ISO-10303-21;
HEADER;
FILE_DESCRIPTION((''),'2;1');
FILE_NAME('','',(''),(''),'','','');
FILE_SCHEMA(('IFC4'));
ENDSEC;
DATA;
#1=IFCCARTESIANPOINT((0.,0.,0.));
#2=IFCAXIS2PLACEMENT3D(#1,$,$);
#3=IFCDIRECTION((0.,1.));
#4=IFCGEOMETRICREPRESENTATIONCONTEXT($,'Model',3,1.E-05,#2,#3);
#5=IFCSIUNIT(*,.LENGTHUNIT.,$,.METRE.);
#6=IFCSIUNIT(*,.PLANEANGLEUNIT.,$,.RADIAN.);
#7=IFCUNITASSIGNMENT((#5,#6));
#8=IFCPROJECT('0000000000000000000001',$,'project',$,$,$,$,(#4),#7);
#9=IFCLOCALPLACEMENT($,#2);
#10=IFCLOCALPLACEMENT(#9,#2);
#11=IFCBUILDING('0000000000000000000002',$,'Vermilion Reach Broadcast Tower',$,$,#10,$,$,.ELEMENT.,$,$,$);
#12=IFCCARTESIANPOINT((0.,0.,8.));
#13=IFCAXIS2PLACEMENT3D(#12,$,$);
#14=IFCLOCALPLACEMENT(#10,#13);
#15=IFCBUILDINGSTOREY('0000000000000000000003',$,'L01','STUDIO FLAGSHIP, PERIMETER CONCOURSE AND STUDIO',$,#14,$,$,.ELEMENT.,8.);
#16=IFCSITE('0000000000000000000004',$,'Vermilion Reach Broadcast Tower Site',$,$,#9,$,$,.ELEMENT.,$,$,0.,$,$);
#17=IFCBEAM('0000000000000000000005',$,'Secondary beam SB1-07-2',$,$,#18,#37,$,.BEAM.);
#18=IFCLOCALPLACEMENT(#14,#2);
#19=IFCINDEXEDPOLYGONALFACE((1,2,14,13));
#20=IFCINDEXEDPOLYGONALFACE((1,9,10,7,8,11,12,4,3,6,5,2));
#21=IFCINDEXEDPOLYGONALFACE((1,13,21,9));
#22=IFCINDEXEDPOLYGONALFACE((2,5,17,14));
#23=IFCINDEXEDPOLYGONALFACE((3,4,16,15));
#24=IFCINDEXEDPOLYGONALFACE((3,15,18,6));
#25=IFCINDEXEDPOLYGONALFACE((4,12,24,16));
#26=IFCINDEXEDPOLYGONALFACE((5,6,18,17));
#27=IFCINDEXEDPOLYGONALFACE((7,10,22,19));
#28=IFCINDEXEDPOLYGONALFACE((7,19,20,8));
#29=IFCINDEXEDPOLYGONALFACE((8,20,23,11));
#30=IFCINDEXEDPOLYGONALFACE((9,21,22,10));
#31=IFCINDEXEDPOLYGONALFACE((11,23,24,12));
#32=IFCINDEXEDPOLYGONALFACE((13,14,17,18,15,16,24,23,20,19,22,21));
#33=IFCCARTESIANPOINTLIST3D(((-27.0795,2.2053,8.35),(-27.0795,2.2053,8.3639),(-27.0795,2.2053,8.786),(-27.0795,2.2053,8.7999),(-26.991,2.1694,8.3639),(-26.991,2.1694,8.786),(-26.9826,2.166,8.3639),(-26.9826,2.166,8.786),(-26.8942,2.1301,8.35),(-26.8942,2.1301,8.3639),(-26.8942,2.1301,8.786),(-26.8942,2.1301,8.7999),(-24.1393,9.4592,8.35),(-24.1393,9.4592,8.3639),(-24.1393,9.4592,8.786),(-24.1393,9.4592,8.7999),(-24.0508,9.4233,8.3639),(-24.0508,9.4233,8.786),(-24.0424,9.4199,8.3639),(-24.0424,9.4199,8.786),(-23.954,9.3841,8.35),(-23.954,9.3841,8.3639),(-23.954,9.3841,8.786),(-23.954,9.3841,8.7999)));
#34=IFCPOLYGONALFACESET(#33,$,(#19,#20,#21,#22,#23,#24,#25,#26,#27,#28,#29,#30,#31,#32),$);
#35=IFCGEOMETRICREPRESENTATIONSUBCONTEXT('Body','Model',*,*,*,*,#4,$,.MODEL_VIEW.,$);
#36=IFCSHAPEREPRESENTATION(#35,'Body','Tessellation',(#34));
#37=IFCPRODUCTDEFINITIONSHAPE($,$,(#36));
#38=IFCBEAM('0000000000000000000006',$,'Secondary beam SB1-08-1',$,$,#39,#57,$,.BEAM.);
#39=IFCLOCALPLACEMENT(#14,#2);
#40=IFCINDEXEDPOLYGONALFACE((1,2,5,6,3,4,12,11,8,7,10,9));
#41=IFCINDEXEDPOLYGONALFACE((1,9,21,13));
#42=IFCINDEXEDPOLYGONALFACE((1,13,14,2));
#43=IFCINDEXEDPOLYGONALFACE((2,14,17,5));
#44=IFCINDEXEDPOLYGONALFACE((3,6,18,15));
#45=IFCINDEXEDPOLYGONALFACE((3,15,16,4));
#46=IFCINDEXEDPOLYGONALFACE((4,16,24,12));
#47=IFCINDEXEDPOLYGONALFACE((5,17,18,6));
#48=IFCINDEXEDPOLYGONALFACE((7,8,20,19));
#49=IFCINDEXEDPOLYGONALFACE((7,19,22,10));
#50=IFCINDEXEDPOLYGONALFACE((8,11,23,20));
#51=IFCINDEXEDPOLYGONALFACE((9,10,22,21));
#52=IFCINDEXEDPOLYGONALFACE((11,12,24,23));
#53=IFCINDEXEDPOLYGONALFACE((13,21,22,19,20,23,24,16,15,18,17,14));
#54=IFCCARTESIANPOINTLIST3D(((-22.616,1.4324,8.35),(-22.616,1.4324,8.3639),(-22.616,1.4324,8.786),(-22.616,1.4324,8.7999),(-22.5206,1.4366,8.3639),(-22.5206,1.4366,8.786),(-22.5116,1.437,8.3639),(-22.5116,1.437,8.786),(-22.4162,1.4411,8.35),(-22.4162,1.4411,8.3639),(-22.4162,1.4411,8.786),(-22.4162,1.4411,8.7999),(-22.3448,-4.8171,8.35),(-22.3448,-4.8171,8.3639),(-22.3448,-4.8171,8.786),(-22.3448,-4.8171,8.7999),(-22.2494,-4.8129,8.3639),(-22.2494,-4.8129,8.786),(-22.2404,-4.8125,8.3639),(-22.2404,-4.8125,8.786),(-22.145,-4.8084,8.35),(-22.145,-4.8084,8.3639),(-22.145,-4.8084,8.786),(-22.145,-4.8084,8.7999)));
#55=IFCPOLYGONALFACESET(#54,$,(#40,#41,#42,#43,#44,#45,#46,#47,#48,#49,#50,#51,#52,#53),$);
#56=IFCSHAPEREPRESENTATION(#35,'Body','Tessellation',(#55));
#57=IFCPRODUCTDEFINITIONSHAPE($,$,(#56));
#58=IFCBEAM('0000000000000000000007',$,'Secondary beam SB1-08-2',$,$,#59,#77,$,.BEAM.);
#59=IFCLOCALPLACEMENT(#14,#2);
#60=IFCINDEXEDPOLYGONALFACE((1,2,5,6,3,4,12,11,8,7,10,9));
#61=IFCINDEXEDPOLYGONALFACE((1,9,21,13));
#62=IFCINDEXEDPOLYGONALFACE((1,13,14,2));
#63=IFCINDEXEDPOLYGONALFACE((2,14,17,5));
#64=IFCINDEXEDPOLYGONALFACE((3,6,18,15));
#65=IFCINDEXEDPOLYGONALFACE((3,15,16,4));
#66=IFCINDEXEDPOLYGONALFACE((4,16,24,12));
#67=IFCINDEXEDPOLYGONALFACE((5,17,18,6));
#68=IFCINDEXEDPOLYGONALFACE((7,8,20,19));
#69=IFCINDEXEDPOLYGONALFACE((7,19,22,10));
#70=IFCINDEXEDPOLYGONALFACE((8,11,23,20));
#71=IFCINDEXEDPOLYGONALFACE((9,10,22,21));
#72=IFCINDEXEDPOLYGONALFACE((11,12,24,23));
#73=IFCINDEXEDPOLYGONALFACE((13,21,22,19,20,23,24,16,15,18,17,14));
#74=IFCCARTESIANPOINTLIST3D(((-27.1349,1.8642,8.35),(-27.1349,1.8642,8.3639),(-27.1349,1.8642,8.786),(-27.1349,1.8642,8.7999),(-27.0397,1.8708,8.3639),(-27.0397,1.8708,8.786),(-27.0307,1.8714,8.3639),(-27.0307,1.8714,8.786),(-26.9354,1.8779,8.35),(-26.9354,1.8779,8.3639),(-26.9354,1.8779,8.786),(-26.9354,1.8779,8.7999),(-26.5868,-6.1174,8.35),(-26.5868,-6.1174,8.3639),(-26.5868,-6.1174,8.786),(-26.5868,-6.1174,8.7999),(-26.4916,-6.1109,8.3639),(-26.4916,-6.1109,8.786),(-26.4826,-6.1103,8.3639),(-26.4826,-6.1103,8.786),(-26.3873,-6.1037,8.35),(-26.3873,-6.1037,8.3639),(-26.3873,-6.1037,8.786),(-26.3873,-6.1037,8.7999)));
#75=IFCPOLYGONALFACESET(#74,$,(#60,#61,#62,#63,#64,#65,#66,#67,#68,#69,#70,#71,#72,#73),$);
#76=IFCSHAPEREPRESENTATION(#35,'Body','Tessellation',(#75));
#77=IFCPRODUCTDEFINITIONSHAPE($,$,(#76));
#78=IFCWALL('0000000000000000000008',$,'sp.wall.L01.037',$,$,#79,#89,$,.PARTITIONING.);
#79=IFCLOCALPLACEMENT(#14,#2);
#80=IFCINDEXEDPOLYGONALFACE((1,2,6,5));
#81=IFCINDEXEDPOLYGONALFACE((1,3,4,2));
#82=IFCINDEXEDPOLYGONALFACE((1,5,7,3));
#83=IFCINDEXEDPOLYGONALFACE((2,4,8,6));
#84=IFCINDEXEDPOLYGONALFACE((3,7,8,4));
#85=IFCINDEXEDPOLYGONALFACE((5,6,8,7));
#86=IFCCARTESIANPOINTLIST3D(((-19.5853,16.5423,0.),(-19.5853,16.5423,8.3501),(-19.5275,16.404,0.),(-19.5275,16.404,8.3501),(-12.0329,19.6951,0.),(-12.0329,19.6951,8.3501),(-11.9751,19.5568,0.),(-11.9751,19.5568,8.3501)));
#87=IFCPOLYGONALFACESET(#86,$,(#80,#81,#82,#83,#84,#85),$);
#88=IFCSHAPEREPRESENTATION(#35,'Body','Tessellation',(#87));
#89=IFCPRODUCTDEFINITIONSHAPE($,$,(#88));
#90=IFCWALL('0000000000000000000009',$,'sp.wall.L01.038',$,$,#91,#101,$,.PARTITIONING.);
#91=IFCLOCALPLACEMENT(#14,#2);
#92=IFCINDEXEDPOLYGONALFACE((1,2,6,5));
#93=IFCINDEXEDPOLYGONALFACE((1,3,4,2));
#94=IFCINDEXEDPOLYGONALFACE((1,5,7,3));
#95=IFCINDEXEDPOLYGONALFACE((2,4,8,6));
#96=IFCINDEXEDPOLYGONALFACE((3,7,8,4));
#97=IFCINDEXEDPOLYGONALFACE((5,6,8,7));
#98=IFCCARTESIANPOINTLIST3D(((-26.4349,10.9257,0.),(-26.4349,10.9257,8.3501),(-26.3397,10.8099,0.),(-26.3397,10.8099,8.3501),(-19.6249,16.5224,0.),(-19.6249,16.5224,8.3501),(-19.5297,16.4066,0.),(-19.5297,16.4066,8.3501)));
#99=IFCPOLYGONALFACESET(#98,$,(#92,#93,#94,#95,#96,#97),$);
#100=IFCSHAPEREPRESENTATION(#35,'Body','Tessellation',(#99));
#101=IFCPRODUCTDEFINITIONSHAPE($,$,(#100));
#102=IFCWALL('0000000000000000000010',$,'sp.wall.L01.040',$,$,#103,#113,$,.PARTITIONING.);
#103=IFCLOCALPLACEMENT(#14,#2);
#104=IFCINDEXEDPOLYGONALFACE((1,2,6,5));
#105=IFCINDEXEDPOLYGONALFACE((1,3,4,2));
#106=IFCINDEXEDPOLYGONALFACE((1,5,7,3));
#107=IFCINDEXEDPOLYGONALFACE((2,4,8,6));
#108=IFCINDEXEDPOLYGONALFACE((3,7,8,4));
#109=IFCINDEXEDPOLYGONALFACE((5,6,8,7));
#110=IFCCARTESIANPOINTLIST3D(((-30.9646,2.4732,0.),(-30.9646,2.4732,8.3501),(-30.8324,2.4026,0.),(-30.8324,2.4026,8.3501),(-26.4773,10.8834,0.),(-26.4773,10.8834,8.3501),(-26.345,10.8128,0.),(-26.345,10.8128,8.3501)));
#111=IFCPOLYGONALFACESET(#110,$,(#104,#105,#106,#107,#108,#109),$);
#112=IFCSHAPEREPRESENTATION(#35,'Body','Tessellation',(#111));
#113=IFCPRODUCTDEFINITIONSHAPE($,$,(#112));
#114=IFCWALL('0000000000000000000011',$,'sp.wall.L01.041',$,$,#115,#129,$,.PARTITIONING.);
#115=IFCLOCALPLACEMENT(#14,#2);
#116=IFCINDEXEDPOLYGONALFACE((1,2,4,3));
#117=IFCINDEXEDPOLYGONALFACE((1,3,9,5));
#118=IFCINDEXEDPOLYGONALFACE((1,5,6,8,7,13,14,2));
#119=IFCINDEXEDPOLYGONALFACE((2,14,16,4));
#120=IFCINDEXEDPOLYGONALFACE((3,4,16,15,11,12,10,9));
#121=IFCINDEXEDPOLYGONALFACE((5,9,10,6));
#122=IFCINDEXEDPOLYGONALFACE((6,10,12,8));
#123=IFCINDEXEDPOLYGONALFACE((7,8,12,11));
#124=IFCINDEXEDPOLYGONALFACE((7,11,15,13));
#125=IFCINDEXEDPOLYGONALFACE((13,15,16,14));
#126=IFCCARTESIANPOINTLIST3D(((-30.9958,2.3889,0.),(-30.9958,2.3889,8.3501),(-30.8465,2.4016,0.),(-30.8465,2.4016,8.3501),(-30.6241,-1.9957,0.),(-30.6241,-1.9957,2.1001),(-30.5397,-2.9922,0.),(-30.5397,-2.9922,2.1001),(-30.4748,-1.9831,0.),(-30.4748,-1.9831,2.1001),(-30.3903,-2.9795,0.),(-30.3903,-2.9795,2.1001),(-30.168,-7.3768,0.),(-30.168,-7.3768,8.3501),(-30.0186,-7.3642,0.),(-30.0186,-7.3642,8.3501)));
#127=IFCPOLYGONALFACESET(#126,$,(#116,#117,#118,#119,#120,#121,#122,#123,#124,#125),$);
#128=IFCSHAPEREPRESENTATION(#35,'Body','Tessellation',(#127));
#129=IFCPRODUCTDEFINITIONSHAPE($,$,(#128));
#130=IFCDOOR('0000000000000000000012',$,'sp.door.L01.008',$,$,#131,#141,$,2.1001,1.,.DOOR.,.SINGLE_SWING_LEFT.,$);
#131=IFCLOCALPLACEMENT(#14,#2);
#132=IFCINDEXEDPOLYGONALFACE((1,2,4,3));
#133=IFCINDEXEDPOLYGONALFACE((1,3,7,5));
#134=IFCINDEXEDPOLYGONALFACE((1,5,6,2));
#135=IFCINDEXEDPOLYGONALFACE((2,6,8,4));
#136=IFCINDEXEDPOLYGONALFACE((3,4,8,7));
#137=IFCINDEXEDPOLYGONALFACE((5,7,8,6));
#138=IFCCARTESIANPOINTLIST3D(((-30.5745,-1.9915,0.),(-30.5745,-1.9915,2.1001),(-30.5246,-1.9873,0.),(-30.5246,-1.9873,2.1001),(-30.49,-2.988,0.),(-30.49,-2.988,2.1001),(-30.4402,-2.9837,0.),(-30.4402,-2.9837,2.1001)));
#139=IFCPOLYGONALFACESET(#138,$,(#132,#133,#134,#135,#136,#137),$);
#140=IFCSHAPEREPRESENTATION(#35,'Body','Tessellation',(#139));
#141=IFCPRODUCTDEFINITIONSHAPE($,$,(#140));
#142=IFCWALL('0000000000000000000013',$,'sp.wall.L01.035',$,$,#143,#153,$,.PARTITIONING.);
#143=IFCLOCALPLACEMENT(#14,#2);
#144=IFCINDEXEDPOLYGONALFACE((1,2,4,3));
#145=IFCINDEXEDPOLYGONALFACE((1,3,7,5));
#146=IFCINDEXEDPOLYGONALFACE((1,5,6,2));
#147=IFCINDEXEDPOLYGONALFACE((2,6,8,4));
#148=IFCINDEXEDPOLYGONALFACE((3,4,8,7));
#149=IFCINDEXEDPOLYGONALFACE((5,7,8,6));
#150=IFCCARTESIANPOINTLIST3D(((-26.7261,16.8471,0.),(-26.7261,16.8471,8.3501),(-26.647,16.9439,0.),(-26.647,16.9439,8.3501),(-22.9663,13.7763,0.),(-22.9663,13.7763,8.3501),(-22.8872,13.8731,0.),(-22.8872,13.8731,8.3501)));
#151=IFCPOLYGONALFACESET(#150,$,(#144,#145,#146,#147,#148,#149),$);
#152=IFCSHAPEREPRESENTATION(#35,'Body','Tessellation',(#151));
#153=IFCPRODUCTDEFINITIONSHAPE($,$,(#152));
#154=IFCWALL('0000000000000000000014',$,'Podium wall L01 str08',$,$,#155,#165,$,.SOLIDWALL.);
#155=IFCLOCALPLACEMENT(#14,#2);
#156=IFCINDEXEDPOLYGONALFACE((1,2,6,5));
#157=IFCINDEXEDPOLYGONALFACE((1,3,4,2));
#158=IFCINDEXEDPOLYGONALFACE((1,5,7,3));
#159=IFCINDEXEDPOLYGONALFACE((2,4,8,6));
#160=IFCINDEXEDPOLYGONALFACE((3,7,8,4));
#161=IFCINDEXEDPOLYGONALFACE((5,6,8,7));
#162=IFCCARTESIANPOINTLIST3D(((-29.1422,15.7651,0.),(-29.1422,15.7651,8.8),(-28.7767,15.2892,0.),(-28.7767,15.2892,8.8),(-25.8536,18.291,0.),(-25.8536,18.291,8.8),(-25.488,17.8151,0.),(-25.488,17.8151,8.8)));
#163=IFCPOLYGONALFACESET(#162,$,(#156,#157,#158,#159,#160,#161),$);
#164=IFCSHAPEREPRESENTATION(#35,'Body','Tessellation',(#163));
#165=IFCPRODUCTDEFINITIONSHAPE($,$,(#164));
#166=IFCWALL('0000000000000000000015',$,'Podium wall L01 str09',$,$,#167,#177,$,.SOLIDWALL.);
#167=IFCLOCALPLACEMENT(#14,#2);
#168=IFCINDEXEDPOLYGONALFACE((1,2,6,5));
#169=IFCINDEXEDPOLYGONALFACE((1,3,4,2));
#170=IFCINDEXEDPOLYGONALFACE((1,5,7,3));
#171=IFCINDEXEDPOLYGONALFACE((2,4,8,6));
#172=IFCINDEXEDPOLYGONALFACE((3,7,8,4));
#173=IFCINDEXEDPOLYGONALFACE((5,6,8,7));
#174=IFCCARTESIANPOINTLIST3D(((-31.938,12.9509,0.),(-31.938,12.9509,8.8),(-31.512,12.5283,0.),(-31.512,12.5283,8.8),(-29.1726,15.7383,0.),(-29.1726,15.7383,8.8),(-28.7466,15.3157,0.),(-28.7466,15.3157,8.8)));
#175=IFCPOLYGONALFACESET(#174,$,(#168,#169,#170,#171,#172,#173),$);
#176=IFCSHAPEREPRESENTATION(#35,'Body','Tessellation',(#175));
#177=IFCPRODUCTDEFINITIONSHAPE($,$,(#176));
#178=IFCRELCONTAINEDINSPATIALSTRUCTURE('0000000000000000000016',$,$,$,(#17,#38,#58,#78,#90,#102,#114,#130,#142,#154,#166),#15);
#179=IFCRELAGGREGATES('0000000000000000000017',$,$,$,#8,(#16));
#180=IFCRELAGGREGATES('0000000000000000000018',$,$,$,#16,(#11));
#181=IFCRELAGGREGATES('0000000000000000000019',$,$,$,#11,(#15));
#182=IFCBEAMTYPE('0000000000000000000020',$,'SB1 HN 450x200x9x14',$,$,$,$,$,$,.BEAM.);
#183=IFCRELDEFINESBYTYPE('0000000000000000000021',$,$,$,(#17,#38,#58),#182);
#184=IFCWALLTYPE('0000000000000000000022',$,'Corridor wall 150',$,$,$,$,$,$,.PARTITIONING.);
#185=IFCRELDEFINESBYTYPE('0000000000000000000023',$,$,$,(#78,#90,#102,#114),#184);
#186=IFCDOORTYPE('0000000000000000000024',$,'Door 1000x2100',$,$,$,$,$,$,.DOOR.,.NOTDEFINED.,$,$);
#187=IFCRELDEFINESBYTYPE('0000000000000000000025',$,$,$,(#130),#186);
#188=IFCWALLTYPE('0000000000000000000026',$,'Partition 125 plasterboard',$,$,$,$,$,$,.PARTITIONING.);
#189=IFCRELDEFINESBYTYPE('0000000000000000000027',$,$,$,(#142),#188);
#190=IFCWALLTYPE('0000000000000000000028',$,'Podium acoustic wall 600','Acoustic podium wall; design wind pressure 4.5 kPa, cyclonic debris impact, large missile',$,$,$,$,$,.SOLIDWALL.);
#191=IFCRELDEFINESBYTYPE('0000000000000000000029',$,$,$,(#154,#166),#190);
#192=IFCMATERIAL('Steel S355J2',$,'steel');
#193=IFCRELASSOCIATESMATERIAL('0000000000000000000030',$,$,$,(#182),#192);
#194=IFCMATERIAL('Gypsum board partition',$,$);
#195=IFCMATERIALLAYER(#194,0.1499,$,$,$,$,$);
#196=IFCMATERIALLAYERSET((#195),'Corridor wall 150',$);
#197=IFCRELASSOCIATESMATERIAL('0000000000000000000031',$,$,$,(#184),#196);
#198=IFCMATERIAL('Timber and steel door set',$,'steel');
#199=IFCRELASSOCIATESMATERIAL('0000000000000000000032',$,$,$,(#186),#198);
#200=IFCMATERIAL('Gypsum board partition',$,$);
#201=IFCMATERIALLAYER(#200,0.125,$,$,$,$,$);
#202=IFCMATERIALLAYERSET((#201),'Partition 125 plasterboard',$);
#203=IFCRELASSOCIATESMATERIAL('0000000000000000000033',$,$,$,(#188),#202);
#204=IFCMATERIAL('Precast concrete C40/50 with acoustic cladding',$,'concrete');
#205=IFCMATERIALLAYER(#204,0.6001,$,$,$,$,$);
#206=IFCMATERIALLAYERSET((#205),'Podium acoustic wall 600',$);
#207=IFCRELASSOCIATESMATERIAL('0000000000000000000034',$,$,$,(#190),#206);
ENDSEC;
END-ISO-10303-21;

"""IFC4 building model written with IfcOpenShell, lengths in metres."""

from ifc_helpers import new_model, si_unit, direction, frame, frame_2d, origin, origin_2d, place, context, subcontext, project, spatial, rectangle, i_section, extrude, material, layer, layer_set, material_profile, profile_set, type_object, element, fill, save


model = new_model("IFC4")

# Units and contexts
model_context = context("Model", 3, precision=1e-05, world=origin(), true_north=direction((0.0, 1.0)))
body_context = subcontext(model_context, "Body", "Model", "MODEL_VIEW")
ifc_project = project(units=[si_unit("LENGTHUNIT", "METRE"), si_unit("PLANEANGLEUNIT", "RADIAN")], contexts=[model_context])

# Site, building, storey
site_placement = place(None, origin())
site = spatial("IfcSite", under=ifc_project, at=site_placement, Name="Vermilion Reach Broadcast Tower Site", CompositionType="ELEMENT", RefElevation=0.0)
building_placement = place(site_placement, origin())
building = spatial("IfcBuilding", under=site, at=building_placement, Name="Vermilion Reach Broadcast Tower", CompositionType="ELEMENT")
storey_placement = place(building_placement, frame((0.0, 0.0, 8.0)))
storey = spatial("IfcBuildingStorey", under=building, at=storey_placement, Name="L01", Description="STUDIO FLAGSHIP, PERIMETER CONCOURSE AND STUDIO", CompositionType="ELEMENT", Elevation=8.0)

# Beams
ifc_material_1 = material(Name="Steel S355J2", Category="steel")
ifc_material_profile_1 = material_profile(ifc_material_1, i_section(OverallWidth=0.2, OverallDepth=0.45, WebThickness=0.009, FlangeThickness=0.0139, at=origin_2d()), Name="S355J2 HN 450x200x9x14")
ifc_profile_set_1 = profile_set([ifc_material_profile_1], Name="Steel S355J2")
beam_type_1 = type_object("IfcBeamType", Name="SB1 HN 450x200x9x14", PredefinedType="BEAM", material=ifc_profile_set_1)
beam_1_placement = place(storey_placement, frame((-24.0466, 9.4216, 8.575), z_axis=(-0.375641, -0.926765, 0.0), x_axis=(0.926765, -0.375641, 0.0)))
element("IfcBeam", 1, at=beam_1_placement, inside=storey, type_object=beam_type_1, Name="Secondary beam SB1-07-2", PredefinedType="BEAM", context=body_context, shape_type="SweptSolid", body=[
    extrude(i_section(OverallWidth=0.2, OverallDepth=0.45, WebThickness=0.009, FlangeThickness=0.0139, at=origin_2d()), origin(), (0.0, 0.0, 1.0), 7.8271),
])
beam_2_placement = place(storey_placement, frame((-22.5161, 1.4368, 8.575), z_axis=(0.043361, -0.999059, 0.0), x_axis=(0.999059, 0.043361, 0.0)))
element("IfcBeam", 2, at=beam_2_placement, inside=storey, type_object=beam_type_1, Name="Secondary beam SB1-08-1", PredefinedType="BEAM", context=body_context, shape_type="SweptSolid", body=[
    extrude(i_section(OverallWidth=0.2, OverallDepth=0.45, WebThickness=0.009, FlangeThickness=0.0139, at=origin_2d()), origin(), (0.0, 0.0, 1.0), 6.2554),
])
beam_3_placement = place(storey_placement, frame((-27.0352, 1.8711, 8.575), z_axis=(0.068508, -0.997651, 0.0), x_axis=(0.997651, 0.068508, 0.0)))
element("IfcBeam", 3, at=beam_3_placement, inside=storey, type_object=beam_type_1, Name="Secondary beam SB1-08-2", PredefinedType="BEAM", context=body_context, shape_type="SweptSolid", body=[
    extrude(i_section(OverallWidth=0.2, OverallDepth=0.45, WebThickness=0.009, FlangeThickness=0.0139, at=origin_2d()), origin(), (0.0, 0.0, 1.0), 8.0005),
])

# Walls
ifc_material_2 = material(Name="Gypsum board partition")
ifc_layer_1 = layer(ifc_material_2, 0.1499)
ifc_layer_set_1 = layer_set([ifc_layer_1], Name="Corridor wall 150")
wall_type_1 = type_object("IfcWallType", Name="Corridor wall 150", PredefinedType="PARTITIONING", material=ifc_layer_set_1)
wall_1_placement = place(storey_placement, frame((-19.5564, 16.4731, 0.0), z_axis=(0.0, 0.0, 1.0), x_axis=(0.922818, 0.385236, 0.0)))
element("IfcWall", 4, at=wall_1_placement, inside=storey, type_object=wall_type_1, Name="sp.wall.L01.037", PredefinedType="PARTITIONING", context=body_context, shape_type="SweptSolid", body=[
    extrude(rectangle(XDim=8.1841, YDim=0.1499, at=frame_2d((4.092, 0.0))), origin(), (0.0, 0.0, 1.0), 8.3501),
])
wall_2_placement = place(storey_placement, frame((-26.3872, 10.8679, 0.0), z_axis=(0.0, 0.0, 1.0), x_axis=(0.772576, 0.634923, 0.0)))
element("IfcWall", 5, at=wall_2_placement, inside=storey, type_object=wall_type_1, Name="sp.wall.L01.038", PredefinedType="PARTITIONING", context=body_context, shape_type="SweptSolid", body=[
    extrude(rectangle(XDim=8.8147, YDim=0.1499, at=frame_2d((4.4072, 0.0))), origin(), (0.0, 0.0, 1.0), 8.3501),
])
wall_3_placement = place(storey_placement, frame((-30.8984, 2.438, 0.0), z_axis=(0.0, 0.0, 1.0), x_axis=(0.470742, 0.882271, 0.0)))
element("IfcWall", 6, at=wall_3_placement, inside=storey, type_object=wall_type_1, Name="sp.wall.L01.040", PredefinedType="PARTITIONING", context=body_context, shape_type="SweptSolid", body=[
    extrude(rectangle(XDim=9.5325, YDim=0.1499, at=frame_2d((4.7661, 0.0))), origin(), (0.0, 0.0, 1.0), 8.3501),
])

# Wall, opening, door
wall_4_placement = place(storey_placement, frame((-30.9211, 2.3953, 0.0), z_axis=(0.0, 0.0, 1.0), x_axis=(0.08447, -0.996426, 0.0)))
wall_4 = element("IfcWall", 7, at=wall_4_placement, inside=storey, type_object=wall_type_1, Name="sp.wall.L01.041", PredefinedType="PARTITIONING", context=body_context, shape_type="SweptSolid", body=[
    extrude(rectangle(XDim=9.8008, YDim=0.1499, at=frame_2d((4.9004, 0.0))), origin(), (0.0, 0.0, 1.0), 8.3501),
])
opening_placement = place(wall_4_placement, frame((4.4004, 0.0, 0.0)))
opening = element("IfcOpeningElement", 8, at=opening_placement, cuts=wall_4, PredefinedType="OPENING", context=body_context, shape_type="SweptSolid", body=[
    extrude(rectangle(XDim=1.0, YDim=2.1001, at=frame_2d((0.5, 1.05))), frame((0.0, 0.085, 0.0), z_axis=(0.0, -1.0, 0.0), x_axis=(1.0, 0.0, 0.0)), (0.0, 0.0, 1.0), 0.1699),
])
ifc_material_3 = material(Name="Timber and steel door set", Category="steel")
door_type = type_object("IfcDoorType", Name="Door 1000x2100", OperationType="NOTDEFINED", PredefinedType="DOOR", material=ifc_material_3)
door_placement = place(opening_placement, origin())
door = element("IfcDoor", 9, at=door_placement, inside=storey, type_object=door_type, Name="sp.door.L01.008", OperationType="SINGLE_SWING_LEFT", OverallHeight=2.1001, OverallWidth=1.0, PredefinedType="DOOR", context=body_context, shape_type="SweptSolid", body=[
    extrude(rectangle(XDim=1.0, YDim=2.1001, at=frame_2d((0.5, 1.05))), frame((0.0, 0.0249, 0.0), z_axis=(0.0, -1.0, 0.0), x_axis=(1.0, 0.0, 0.0)), (0.0, 0.0, 1.0), 0.05),
])
fill(opening, door)

# Walls
ifc_material_4 = material(Name="Gypsum board partition")
ifc_layer_2 = layer(ifc_material_4, 0.125)
ifc_layer_set_2 = layer_set([ifc_layer_2], Name="Partition 125 plasterboard")
wall_type_2 = type_object("IfcWallType", Name="Partition 125 plasterboard", PredefinedType="PARTITIONING", material=ifc_layer_set_2)
wall_5_placement = place(storey_placement, frame((-26.6865, 16.8955, 0.0), z_axis=(0.0, 0.0, 1.0), x_axis=(0.774499, -0.632575, 0.0)))
element("IfcWall", 10, at=wall_5_placement, inside=storey, type_object=wall_type_2, Name="sp.wall.L01.035", PredefinedType="PARTITIONING", context=body_context, shape_type="SweptSolid", body=[
    extrude(rectangle(XDim=4.8545, YDim=0.125, at=frame_2d((2.4272, 0.0))), origin(), (0.0, 0.0, 1.0), 8.3501),
])
ifc_material_5 = material(Name="Precast concrete C40/50 with acoustic cladding", Category="concrete")
ifc_layer_3 = layer(ifc_material_5, 0.6001)
ifc_layer_set_3 = layer_set([ifc_layer_3], Name="Podium acoustic wall 600")
wall_type_3 = type_object("IfcWallType", Name="Podium acoustic wall 600", Description="Acoustic podium wall; design wind pressure 4.5 kPa, cyclonic debris impact, large missile", PredefinedType="SOLIDWALL", material=ifc_layer_set_3)
wall_6_placement = place(storey_placement, frame((-25.6709, 18.053, 0.0), z_axis=(0.0, 0.0, 1.0), x_axis=(-0.793066, -0.609136, 0.0)))
element("IfcWall", 11, at=wall_6_placement, inside=storey, type_object=wall_type_3, Name="Podium wall L01 str08", PredefinedType="SOLIDWALL", context=body_context, shape_type="SweptSolid", body=[
    extrude(rectangle(XDim=4.1467, YDim=0.6001, at=frame_2d((2.0732, 0.0))), origin(), (0.0, 0.0, 1.0), 8.8),
])
wall_7_placement = place(storey_placement, frame((-28.9595, 15.5271, 0.0), z_axis=(0.0, 0.0, 1.0), x_axis=(-0.704303, -0.709899, 0.0)))
element("IfcWall", 12, at=wall_7_placement, inside=storey, type_object=wall_type_3, Name="Podium wall L01 str09", PredefinedType="SOLIDWALL", context=body_context, shape_type="SweptSolid", body=[
    extrude(rectangle(XDim=3.9265, YDim=0.6001, at=frame_2d((1.9634, 0.0))), origin(), (0.0, 0.0, 1.0), 8.8),
])

save(model, "model.ifc")
